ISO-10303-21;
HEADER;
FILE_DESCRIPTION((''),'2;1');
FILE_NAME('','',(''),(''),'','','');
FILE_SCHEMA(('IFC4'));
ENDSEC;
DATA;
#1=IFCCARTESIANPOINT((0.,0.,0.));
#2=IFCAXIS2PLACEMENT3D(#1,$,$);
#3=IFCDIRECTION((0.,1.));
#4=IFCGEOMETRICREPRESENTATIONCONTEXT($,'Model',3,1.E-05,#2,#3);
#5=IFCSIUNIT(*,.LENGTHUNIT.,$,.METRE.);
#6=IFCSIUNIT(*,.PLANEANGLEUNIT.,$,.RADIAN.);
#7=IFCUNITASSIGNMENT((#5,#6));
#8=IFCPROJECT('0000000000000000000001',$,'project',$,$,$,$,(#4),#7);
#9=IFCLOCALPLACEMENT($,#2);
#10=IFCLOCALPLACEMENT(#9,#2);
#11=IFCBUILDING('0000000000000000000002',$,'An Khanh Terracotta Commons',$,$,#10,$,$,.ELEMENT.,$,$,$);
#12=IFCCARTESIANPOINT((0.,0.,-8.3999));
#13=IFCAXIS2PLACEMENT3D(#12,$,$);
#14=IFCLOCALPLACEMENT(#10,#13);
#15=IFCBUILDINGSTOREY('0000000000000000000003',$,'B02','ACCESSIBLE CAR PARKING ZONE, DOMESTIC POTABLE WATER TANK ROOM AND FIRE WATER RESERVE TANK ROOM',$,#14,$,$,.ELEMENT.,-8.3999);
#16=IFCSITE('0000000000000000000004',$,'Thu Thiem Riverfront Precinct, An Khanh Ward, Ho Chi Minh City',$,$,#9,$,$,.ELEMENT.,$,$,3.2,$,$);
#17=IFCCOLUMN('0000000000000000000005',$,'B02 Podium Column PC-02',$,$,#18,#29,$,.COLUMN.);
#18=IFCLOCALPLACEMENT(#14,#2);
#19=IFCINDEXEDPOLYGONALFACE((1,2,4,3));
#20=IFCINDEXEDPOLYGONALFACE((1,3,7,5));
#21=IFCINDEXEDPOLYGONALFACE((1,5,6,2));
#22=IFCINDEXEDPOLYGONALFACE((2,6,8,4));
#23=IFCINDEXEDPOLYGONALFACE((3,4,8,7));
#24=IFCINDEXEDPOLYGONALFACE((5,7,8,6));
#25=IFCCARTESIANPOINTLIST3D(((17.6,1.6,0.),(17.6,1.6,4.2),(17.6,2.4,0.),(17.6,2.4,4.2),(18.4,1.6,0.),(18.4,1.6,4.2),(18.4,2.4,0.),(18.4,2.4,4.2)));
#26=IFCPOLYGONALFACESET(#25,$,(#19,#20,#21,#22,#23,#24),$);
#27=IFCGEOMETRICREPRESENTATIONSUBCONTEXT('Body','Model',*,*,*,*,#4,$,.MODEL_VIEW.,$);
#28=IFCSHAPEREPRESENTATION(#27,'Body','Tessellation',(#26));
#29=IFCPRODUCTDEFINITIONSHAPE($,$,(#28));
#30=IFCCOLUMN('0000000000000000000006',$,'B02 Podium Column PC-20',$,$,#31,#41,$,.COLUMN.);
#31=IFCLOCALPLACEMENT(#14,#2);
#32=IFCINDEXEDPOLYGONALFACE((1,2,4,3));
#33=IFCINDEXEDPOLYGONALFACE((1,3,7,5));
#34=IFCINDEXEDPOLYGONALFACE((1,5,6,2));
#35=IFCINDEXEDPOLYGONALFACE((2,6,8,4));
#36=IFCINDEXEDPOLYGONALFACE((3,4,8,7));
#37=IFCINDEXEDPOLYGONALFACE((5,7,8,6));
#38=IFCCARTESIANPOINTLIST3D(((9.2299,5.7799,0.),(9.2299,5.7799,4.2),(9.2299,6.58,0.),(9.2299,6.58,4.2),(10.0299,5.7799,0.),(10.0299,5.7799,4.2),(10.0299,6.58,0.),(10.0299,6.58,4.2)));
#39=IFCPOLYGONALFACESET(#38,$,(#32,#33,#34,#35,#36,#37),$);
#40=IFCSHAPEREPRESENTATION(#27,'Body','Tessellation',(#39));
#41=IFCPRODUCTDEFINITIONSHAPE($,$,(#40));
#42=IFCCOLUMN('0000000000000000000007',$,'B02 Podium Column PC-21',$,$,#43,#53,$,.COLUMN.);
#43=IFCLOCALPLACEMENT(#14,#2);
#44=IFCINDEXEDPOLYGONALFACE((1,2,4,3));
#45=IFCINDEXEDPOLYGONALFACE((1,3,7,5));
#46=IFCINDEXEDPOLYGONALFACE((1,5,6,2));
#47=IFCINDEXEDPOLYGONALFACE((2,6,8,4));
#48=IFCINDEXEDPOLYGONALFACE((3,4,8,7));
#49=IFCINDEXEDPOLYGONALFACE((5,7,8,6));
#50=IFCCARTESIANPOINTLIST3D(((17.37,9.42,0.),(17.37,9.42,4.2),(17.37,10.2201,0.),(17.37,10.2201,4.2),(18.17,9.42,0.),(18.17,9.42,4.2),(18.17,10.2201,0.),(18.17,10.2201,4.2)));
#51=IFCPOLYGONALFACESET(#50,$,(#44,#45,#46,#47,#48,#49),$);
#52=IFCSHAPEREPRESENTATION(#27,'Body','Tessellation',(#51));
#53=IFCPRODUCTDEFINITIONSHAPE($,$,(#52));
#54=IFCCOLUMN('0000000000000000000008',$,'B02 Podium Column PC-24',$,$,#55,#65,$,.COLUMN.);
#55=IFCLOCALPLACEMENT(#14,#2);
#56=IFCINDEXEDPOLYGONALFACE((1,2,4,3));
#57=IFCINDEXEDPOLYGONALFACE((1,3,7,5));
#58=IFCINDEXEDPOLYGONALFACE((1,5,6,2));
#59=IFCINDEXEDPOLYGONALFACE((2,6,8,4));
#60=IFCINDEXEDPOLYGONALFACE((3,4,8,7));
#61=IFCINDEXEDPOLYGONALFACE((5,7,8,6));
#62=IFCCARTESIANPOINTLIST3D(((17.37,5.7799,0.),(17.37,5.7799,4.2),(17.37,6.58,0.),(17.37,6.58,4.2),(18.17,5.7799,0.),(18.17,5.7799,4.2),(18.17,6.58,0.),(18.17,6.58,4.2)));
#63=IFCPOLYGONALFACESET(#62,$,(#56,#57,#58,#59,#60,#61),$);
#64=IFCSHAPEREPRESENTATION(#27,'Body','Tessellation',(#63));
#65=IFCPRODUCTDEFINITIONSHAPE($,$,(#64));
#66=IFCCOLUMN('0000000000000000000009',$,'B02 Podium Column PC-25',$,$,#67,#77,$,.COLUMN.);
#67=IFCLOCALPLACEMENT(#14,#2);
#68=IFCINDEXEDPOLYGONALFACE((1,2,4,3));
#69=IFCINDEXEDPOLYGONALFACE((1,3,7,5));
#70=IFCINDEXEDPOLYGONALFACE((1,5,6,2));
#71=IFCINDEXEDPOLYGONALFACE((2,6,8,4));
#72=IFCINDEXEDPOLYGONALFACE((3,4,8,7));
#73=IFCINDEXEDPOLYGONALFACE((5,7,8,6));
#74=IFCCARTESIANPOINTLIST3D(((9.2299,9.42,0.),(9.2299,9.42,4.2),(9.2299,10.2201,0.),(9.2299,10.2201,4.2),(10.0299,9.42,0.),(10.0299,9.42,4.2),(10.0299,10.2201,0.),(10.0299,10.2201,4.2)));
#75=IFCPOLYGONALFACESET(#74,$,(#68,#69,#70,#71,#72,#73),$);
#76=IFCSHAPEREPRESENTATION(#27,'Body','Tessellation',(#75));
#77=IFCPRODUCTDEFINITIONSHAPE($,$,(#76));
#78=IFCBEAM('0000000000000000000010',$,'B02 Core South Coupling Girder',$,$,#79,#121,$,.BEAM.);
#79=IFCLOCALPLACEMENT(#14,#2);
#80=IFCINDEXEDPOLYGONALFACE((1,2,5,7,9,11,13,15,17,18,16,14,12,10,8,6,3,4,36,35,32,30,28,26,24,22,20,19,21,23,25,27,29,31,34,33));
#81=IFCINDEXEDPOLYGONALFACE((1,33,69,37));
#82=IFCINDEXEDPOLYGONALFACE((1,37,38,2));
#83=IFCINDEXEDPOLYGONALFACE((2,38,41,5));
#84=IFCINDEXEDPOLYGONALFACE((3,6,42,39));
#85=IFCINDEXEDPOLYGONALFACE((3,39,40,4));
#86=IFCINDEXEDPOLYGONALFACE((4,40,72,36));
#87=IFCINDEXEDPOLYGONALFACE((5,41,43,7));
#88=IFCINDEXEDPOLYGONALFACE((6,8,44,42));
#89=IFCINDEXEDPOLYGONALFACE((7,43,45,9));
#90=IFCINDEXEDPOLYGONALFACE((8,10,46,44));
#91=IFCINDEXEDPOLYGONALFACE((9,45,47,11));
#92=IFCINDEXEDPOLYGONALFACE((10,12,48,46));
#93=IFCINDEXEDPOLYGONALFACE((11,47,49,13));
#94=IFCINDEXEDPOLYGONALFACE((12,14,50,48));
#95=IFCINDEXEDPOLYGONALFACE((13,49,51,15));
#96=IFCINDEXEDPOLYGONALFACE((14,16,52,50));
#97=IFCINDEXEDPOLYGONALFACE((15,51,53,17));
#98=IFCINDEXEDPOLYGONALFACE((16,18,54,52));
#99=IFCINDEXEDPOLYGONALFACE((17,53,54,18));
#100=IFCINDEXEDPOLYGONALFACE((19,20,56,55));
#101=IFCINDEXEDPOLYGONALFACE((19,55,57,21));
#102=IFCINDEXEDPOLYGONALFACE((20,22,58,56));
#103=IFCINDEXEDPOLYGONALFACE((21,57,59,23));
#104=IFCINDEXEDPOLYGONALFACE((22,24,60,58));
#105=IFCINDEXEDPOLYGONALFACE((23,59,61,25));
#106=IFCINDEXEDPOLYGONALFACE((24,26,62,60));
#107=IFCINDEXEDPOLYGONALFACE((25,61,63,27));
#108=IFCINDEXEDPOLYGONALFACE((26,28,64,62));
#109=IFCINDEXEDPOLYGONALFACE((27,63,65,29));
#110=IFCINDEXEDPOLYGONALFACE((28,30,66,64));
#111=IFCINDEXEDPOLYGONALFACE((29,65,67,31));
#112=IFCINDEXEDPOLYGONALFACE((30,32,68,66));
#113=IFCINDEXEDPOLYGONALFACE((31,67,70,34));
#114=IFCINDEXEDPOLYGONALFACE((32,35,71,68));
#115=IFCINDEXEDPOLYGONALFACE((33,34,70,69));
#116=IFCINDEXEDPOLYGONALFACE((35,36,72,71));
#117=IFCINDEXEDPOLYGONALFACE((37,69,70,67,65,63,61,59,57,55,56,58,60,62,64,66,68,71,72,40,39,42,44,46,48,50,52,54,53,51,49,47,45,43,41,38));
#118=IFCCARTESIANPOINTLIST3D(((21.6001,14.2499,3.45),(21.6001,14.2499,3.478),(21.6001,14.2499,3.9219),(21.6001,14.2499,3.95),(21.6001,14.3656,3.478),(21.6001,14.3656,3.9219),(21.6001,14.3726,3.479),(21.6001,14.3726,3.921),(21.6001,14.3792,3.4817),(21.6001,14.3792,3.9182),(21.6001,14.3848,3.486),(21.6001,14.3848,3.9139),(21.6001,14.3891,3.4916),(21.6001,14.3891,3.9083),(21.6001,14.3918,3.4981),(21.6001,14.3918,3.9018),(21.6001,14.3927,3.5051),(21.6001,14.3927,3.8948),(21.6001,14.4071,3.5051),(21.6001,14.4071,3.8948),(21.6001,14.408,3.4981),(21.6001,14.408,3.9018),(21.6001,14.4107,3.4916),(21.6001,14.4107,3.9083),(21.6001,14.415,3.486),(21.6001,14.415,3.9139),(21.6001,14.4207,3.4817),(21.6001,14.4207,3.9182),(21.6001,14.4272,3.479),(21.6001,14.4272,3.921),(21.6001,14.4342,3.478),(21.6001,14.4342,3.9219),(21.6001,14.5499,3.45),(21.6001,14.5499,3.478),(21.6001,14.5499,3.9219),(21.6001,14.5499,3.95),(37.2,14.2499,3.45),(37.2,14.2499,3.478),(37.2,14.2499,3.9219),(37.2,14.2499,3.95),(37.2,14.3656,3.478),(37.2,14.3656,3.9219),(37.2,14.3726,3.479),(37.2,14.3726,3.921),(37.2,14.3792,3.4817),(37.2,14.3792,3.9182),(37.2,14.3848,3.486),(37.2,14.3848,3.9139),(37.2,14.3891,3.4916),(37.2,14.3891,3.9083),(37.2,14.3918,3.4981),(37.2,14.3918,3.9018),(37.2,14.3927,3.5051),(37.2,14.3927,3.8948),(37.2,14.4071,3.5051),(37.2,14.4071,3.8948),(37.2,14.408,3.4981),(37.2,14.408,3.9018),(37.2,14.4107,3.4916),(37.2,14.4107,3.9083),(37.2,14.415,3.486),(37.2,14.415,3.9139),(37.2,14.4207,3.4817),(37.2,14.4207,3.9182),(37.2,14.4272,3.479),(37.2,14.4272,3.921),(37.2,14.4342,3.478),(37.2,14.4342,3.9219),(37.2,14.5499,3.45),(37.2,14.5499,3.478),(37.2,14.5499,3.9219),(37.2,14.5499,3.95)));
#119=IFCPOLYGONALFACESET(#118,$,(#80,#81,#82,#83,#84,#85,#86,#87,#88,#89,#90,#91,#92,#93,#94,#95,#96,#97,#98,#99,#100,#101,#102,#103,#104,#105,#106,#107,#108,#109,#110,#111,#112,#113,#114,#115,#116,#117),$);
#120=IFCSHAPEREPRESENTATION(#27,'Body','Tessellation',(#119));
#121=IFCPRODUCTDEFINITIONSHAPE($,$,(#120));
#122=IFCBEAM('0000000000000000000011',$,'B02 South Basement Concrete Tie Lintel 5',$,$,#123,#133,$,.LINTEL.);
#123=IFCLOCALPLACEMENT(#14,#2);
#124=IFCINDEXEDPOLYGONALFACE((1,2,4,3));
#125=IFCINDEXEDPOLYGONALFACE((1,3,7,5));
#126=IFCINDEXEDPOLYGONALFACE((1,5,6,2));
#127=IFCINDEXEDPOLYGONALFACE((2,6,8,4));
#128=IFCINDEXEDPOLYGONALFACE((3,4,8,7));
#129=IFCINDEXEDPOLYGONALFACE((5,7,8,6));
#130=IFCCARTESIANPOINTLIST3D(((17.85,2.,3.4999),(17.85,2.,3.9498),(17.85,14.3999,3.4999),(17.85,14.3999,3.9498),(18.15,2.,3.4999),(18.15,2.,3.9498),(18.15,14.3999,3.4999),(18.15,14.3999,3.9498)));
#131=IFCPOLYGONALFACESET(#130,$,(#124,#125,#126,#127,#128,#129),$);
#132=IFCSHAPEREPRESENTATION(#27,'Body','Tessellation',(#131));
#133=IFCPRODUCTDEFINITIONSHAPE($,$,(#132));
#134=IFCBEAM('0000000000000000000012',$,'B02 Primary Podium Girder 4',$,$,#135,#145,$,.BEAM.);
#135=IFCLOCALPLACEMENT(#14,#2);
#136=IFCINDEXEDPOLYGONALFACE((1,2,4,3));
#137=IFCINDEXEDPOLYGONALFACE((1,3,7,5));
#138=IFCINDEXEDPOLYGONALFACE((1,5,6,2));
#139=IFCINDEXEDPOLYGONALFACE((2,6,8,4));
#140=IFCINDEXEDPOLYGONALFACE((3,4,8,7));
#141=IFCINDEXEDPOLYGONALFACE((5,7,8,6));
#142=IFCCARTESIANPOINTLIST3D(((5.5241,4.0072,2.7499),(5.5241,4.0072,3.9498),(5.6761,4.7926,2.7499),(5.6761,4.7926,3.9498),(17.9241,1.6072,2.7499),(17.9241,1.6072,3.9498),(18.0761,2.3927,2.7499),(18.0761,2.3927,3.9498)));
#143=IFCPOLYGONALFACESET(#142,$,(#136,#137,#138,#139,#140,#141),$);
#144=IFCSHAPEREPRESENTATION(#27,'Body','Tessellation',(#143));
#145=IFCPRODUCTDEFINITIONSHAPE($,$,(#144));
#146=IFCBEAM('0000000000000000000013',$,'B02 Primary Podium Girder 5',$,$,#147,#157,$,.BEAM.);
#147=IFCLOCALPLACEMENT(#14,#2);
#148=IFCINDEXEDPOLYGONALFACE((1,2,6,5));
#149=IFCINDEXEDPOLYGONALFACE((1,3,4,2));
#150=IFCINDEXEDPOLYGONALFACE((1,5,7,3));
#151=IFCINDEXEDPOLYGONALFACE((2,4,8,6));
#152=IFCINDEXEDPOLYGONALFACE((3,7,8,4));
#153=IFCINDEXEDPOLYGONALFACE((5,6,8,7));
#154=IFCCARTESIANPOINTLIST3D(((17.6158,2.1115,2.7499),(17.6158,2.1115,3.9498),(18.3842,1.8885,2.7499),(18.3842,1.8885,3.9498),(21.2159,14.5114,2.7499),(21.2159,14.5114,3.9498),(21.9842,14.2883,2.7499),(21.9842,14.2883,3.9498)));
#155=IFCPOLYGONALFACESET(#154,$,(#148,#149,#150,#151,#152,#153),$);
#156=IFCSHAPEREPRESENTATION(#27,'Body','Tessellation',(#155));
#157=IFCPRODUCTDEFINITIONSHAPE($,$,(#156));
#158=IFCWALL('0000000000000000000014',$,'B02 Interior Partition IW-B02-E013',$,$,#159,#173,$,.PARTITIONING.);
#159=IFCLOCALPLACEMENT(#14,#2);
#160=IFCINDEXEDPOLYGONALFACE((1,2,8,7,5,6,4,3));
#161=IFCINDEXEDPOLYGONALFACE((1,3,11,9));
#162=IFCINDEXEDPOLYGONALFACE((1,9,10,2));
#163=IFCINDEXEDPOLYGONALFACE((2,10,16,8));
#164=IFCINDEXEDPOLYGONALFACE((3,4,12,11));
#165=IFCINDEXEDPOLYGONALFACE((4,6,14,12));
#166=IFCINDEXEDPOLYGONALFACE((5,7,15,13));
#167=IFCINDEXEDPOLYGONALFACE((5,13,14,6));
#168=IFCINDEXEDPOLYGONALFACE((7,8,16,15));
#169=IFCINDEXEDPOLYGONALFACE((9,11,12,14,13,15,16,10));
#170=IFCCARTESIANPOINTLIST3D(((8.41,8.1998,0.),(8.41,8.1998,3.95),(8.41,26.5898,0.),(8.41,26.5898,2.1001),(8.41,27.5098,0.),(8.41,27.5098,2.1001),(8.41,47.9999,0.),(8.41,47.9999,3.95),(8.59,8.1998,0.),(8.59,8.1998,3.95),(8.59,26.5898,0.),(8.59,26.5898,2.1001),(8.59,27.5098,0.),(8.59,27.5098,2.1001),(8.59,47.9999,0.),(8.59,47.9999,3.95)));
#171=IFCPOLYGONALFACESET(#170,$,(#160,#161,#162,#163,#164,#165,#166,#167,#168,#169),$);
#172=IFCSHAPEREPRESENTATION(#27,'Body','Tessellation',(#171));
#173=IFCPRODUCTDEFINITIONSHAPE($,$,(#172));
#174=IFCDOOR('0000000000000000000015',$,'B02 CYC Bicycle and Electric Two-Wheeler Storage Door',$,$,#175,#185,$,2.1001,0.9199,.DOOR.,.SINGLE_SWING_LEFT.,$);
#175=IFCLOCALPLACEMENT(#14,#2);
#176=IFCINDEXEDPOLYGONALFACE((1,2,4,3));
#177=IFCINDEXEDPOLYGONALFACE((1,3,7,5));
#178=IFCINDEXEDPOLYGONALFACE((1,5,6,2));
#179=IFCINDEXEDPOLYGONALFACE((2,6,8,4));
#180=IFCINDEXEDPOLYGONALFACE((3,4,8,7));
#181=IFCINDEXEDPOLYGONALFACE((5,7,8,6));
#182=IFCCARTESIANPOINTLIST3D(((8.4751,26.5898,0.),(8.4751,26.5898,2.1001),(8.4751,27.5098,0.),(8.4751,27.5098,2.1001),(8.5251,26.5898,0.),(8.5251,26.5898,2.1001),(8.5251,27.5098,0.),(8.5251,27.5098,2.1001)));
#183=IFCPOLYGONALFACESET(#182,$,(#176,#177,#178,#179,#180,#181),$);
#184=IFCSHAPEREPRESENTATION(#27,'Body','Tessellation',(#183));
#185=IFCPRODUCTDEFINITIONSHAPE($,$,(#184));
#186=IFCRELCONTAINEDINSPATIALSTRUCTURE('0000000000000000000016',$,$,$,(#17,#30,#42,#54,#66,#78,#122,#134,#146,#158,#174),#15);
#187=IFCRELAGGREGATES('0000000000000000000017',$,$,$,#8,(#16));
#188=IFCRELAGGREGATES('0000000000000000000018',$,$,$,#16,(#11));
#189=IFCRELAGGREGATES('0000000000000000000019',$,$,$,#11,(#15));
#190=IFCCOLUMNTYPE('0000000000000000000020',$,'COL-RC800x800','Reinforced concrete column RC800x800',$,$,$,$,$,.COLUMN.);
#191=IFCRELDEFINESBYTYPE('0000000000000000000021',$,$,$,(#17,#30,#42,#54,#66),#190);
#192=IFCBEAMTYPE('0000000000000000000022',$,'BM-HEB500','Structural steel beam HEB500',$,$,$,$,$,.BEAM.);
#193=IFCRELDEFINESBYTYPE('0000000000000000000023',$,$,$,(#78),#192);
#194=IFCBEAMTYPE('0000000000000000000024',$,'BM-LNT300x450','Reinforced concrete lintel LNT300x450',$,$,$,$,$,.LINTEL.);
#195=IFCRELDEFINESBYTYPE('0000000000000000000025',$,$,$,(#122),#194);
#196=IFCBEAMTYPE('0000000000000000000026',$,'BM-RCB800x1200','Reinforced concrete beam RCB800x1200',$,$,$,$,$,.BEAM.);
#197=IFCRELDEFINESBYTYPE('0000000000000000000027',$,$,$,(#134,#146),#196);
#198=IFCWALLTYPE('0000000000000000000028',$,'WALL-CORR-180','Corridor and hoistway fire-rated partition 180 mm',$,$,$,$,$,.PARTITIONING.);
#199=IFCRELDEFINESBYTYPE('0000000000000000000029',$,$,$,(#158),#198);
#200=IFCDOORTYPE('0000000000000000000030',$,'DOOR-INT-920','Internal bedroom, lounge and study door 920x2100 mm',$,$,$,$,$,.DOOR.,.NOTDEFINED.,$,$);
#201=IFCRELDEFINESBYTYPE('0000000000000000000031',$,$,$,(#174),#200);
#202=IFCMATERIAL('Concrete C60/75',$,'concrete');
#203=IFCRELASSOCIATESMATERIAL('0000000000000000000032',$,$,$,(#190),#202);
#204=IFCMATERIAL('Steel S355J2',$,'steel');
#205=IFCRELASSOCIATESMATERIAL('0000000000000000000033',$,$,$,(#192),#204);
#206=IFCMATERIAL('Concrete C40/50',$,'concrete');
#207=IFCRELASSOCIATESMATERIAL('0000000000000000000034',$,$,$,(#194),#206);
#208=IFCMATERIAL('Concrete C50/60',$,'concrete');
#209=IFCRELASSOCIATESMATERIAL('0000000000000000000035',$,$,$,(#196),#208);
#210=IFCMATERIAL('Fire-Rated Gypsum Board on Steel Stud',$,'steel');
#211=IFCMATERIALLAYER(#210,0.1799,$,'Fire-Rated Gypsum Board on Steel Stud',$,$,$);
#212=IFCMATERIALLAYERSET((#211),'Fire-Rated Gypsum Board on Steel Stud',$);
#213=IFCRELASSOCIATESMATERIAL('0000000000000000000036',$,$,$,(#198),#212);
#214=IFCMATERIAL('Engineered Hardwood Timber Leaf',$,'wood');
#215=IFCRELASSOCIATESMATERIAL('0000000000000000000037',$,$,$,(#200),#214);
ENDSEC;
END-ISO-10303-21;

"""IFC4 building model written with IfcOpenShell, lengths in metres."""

from ifc_helpers import new_model, si_unit, direction, frame, frame_2d, origin, origin_2d, place, context, subcontext, project, spatial, rectangle, i_section, extrude, material, layer, layer_set, material_profile, profile_set, type_object, element, fill, save


model = new_model("IFC4")

# Units and contexts
model_context = context("Model", 3, precision=1e-05, world=origin(), true_north=direction((0.0, 1.0)))
body_context = subcontext(model_context, "Body", "Model", "MODEL_VIEW")
ifc_project = project(units=[si_unit("LENGTHUNIT", "METRE"), si_unit("PLANEANGLEUNIT", "RADIAN")], contexts=[model_context])

# Site, building, storey
site_placement = place(None, origin())
site = spatial("IfcSite", under=ifc_project, at=site_placement, Name="Thu Thiem Riverfront Precinct, An Khanh Ward, Ho Chi Minh City", CompositionType="ELEMENT", RefElevation=3.2)
building_placement = place(site_placement, origin())
building = spatial("IfcBuilding", under=site, at=building_placement, Name="An Khanh Terracotta Commons", CompositionType="ELEMENT")
storey_placement = place(building_placement, frame((0.0, 0.0, -8.3999)))
storey = spatial("IfcBuildingStorey", under=building, at=storey_placement, Name="B02", Description="ACCESSIBLE CAR PARKING ZONE, DOMESTIC POTABLE WATER TANK ROOM AND FIRE WATER RESERVE TANK ROOM", CompositionType="ELEMENT", Elevation=-8.3999)

# Shared definitions
ifc_material_1 = material(Name="Concrete C50/60", Category="concrete")

# Columns
ifc_material_2 = material(Name="Concrete C60/75", Category="concrete")
ifc_material_profile_1 = material_profile(ifc_material_2, rectangle(XDim=0.8, YDim=0.8, at=origin_2d()), Name="RC800x800")
ifc_profile_set_1 = profile_set([ifc_material_profile_1], Name="Concrete C60/75")
column_type_1 = type_object("IfcColumnType", Name="COL-RC800x800", Description="Reinforced concrete column RC800x800", PredefinedType="COLUMN", material=ifc_profile_set_1)
for number, where, z_axis, x_axis, name in (
    (1, (18.0, 2.0, 0.0), (0.0, 0.0, 1.0), (1.0, 0.0, 0.0), "B02 Podium Column PC-02"),
    (2, (9.6299, 6.1799, 0.0), (0.0, 0.0, 1.0), (1.0, 0.0, 0.0), "B02 Podium Column PC-20"),
    (3, (17.77, 9.8201, 0.0), (0.0, 0.0, 1.0), (1.0, 0.0, 0.0), "B02 Podium Column PC-21"),
    (4, (17.77, 6.1799, 0.0), (0.0, 0.0, 1.0), (1.0, 0.0, 0.0), "B02 Podium Column PC-24"),
    (5, (9.6299, 9.8201, 0.0), (0.0, 0.0, 1.0), (1.0, 0.0, 0.0), "B02 Podium Column PC-25"),
):
    element("IfcColumn", number, at=place(storey_placement, frame(where, z_axis=z_axis, x_axis=x_axis)), inside=storey, type_object=column_type_1, Name=name, PredefinedType="COLUMN", context=body_context, shape_type="SweptSolid", body=[
        extrude(rectangle(XDim=0.8, YDim=0.8, at=origin_2d()), origin(), (0.0, 0.0, 1.0), 4.2),
    ])

# Beams
ifc_material_3 = material(Name="Steel S355J2", Category="steel")
ifc_material_profile_2 = material_profile(ifc_material_3, i_section(OverallWidth=0.3, OverallDepth=0.5, WebThickness=0.0144, FlangeThickness=0.0281, FilletRadius=0.0271, at=origin_2d()), Name="HEB500")
ifc_profile_set_2 = profile_set([ifc_material_profile_2], Name="Steel S355J2")
beam_type_1 = type_object("IfcBeamType", Name="BM-HEB500", Description="Structural steel beam HEB500", PredefinedType="BEAM", material=ifc_profile_set_2)
beam_1_placement = place(storey_placement, frame((21.6001, 14.3999, 3.7), z_axis=(1.0, 0.0, 0.0), x_axis=(0.0, 1.0, 0.0)))
element("IfcBeam", 6, at=beam_1_placement, inside=storey, type_object=beam_type_1, Name="B02 Core South Coupling Girder", PredefinedType="BEAM", context=body_context, shape_type="SweptSolid", body=[
    extrude(i_section(OverallWidth=0.3, OverallDepth=0.5, WebThickness=0.0144, FlangeThickness=0.0281, FilletRadius=0.0271, at=origin_2d()), origin(), (0.0, 0.0, 1.0), 15.5999),
])
ifc_material_4 = material(Name="Concrete C40/50", Category="concrete")
ifc_material_profile_3 = material_profile(ifc_material_4, rectangle(XDim=0.3, YDim=0.45, at=origin_2d()), Name="LNT300x450")
ifc_profile_set_3 = profile_set([ifc_material_profile_3], Name="Concrete C40/50")
beam_type_2 = type_object("IfcBeamType", Name="BM-LNT300x450", Description="Reinforced concrete lintel LNT300x450", PredefinedType="LINTEL", material=ifc_profile_set_3)
beam_2_placement = place(storey_placement, frame((18.0, 2.0, 3.7249), z_axis=(0.0, 1.0, 0.0), x_axis=(-1.0, 0.0, 0.0)))
element("IfcBeam", 7, at=beam_2_placement, inside=storey, type_object=beam_type_2, Name="B02 South Basement Concrete Tie Lintel 5", PredefinedType="LINTEL", context=body_context, shape_type="SweptSolid", body=[
    extrude(rectangle(XDim=0.3, YDim=0.45, at=origin_2d()), origin(), (0.0, 0.0, 1.0), 12.3999),
])
ifc_material_profile_4 = material_profile(ifc_material_1, rectangle(XDim=0.8, YDim=1.2, at=origin_2d()), Name="RCB800x1200")
ifc_profile_set_4 = profile_set([ifc_material_profile_4], Name="Concrete C50/60")
beam_type_3 = type_object("IfcBeamType", Name="BM-RCB800x1200", Description="Reinforced concrete beam RCB800x1200", PredefinedType="BEAM", material=ifc_profile_set_4)
beam_3_placement = place(storey_placement, frame((5.6001, 4.3999, 3.3499), z_axis=(0.981781, -0.190016, 0.0), x_axis=(0.190016, 0.981781, 0.0)))
element("IfcBeam", 8, at=beam_3_placement, inside=storey, type_object=beam_type_3, Name="B02 Primary Podium Girder 4", PredefinedType="BEAM", context=body_context, shape_type="SweptSolid", body=[
    extrude(rectangle(XDim=0.8, YDim=1.2, at=origin_2d()), origin(), (0.0, 0.0, 1.0), 12.6301),
])
beam_4_placement = place(storey_placement, frame((18.0, 2.0, 3.3499), z_axis=(0.278819, 0.960344, 0.0), x_axis=(-0.960344, 0.278819, 0.0)))
element("IfcBeam", 9, at=beam_4_placement, inside=storey, type_object=beam_type_3, Name="B02 Primary Podium Girder 5", PredefinedType="BEAM", context=body_context, shape_type="SweptSolid", body=[
    extrude(rectangle(XDim=0.8, YDim=1.2, at=origin_2d()), origin(), (0.0, 0.0, 1.0), 12.9119),
])

# Wall, opening, door
ifc_material_5 = material(Name="Fire-Rated Gypsum Board on Steel Stud", Category="steel")
ifc_layer_1 = layer(ifc_material_5, 0.1799, Name="Fire-Rated Gypsum Board on Steel Stud")
ifc_layer_set_1 = layer_set([ifc_layer_1], Name="Fire-Rated Gypsum Board on Steel Stud")
wall_type_1 = type_object("IfcWallType", Name="WALL-CORR-180", Description="Corridor and hoistway fire-rated partition 180 mm", PredefinedType="PARTITIONING", material=ifc_layer_set_1)
wall_1_placement = place(storey_placement, frame((8.5, 8.2, 0.0), z_axis=(0.0, 0.0, 1.0), x_axis=(0.0, 1.0, 0.0)))
wall_1 = element("IfcWall", 10, at=wall_1_placement, inside=storey, type_object=wall_type_1, Name="B02 Interior Partition IW-B02-E013", PredefinedType="PARTITIONING", context=body_context, shape_type="SweptSolid", body=[
    extrude(rectangle(XDim=39.8, YDim=0.1799, at=frame_2d((19.8999, 0.0))), origin(), (0.0, 0.0, 1.0), 3.95),
])
opening_placement = place(wall_1_placement, frame((18.3899, 0.0, 0.0)))
opening = element("IfcOpeningElement", 11, at=opening_placement, cuts=wall_1, PredefinedType="OPENING", context=body_context, shape_type="SweptSolid", body=[
    extrude(rectangle(XDim=0.9199, YDim=2.1001, at=frame_2d((0.46, 1.05))), frame((0.0, 0.0999, 0.0), z_axis=(0.0, -1.0, 0.0), x_axis=(1.0, 0.0, 0.0)), (0.0, 0.0, 1.0), 0.2),
])
ifc_material_6 = material(Name="Engineered Hardwood Timber Leaf", Category="wood")
door_type = type_object("IfcDoorType", Name="DOOR-INT-920", Description="Internal bedroom, lounge and study door 920x2100 mm", OperationType="NOTDEFINED", PredefinedType="DOOR", material=ifc_material_6)
door_placement = place(opening_placement, origin())
door = element("IfcDoor", 12, at=door_placement, inside=storey, type_object=door_type, Name="B02 CYC Bicycle and Electric Two-Wheeler Storage Door", OperationType="SINGLE_SWING_LEFT", OverallHeight=2.1001, OverallWidth=0.9199, PredefinedType="DOOR", context=body_context, shape_type="SweptSolid", body=[
    extrude(rectangle(XDim=0.9199, YDim=2.1001, at=frame_2d((0.46, 1.05))), frame((0.0, 0.0249, 0.0), z_axis=(0.0, -1.0, 0.0), x_axis=(1.0, 0.0, 0.0)), (0.0, 0.0, 1.0), 0.05),
])
fill(opening, door)

save(model, "model.ifc")
